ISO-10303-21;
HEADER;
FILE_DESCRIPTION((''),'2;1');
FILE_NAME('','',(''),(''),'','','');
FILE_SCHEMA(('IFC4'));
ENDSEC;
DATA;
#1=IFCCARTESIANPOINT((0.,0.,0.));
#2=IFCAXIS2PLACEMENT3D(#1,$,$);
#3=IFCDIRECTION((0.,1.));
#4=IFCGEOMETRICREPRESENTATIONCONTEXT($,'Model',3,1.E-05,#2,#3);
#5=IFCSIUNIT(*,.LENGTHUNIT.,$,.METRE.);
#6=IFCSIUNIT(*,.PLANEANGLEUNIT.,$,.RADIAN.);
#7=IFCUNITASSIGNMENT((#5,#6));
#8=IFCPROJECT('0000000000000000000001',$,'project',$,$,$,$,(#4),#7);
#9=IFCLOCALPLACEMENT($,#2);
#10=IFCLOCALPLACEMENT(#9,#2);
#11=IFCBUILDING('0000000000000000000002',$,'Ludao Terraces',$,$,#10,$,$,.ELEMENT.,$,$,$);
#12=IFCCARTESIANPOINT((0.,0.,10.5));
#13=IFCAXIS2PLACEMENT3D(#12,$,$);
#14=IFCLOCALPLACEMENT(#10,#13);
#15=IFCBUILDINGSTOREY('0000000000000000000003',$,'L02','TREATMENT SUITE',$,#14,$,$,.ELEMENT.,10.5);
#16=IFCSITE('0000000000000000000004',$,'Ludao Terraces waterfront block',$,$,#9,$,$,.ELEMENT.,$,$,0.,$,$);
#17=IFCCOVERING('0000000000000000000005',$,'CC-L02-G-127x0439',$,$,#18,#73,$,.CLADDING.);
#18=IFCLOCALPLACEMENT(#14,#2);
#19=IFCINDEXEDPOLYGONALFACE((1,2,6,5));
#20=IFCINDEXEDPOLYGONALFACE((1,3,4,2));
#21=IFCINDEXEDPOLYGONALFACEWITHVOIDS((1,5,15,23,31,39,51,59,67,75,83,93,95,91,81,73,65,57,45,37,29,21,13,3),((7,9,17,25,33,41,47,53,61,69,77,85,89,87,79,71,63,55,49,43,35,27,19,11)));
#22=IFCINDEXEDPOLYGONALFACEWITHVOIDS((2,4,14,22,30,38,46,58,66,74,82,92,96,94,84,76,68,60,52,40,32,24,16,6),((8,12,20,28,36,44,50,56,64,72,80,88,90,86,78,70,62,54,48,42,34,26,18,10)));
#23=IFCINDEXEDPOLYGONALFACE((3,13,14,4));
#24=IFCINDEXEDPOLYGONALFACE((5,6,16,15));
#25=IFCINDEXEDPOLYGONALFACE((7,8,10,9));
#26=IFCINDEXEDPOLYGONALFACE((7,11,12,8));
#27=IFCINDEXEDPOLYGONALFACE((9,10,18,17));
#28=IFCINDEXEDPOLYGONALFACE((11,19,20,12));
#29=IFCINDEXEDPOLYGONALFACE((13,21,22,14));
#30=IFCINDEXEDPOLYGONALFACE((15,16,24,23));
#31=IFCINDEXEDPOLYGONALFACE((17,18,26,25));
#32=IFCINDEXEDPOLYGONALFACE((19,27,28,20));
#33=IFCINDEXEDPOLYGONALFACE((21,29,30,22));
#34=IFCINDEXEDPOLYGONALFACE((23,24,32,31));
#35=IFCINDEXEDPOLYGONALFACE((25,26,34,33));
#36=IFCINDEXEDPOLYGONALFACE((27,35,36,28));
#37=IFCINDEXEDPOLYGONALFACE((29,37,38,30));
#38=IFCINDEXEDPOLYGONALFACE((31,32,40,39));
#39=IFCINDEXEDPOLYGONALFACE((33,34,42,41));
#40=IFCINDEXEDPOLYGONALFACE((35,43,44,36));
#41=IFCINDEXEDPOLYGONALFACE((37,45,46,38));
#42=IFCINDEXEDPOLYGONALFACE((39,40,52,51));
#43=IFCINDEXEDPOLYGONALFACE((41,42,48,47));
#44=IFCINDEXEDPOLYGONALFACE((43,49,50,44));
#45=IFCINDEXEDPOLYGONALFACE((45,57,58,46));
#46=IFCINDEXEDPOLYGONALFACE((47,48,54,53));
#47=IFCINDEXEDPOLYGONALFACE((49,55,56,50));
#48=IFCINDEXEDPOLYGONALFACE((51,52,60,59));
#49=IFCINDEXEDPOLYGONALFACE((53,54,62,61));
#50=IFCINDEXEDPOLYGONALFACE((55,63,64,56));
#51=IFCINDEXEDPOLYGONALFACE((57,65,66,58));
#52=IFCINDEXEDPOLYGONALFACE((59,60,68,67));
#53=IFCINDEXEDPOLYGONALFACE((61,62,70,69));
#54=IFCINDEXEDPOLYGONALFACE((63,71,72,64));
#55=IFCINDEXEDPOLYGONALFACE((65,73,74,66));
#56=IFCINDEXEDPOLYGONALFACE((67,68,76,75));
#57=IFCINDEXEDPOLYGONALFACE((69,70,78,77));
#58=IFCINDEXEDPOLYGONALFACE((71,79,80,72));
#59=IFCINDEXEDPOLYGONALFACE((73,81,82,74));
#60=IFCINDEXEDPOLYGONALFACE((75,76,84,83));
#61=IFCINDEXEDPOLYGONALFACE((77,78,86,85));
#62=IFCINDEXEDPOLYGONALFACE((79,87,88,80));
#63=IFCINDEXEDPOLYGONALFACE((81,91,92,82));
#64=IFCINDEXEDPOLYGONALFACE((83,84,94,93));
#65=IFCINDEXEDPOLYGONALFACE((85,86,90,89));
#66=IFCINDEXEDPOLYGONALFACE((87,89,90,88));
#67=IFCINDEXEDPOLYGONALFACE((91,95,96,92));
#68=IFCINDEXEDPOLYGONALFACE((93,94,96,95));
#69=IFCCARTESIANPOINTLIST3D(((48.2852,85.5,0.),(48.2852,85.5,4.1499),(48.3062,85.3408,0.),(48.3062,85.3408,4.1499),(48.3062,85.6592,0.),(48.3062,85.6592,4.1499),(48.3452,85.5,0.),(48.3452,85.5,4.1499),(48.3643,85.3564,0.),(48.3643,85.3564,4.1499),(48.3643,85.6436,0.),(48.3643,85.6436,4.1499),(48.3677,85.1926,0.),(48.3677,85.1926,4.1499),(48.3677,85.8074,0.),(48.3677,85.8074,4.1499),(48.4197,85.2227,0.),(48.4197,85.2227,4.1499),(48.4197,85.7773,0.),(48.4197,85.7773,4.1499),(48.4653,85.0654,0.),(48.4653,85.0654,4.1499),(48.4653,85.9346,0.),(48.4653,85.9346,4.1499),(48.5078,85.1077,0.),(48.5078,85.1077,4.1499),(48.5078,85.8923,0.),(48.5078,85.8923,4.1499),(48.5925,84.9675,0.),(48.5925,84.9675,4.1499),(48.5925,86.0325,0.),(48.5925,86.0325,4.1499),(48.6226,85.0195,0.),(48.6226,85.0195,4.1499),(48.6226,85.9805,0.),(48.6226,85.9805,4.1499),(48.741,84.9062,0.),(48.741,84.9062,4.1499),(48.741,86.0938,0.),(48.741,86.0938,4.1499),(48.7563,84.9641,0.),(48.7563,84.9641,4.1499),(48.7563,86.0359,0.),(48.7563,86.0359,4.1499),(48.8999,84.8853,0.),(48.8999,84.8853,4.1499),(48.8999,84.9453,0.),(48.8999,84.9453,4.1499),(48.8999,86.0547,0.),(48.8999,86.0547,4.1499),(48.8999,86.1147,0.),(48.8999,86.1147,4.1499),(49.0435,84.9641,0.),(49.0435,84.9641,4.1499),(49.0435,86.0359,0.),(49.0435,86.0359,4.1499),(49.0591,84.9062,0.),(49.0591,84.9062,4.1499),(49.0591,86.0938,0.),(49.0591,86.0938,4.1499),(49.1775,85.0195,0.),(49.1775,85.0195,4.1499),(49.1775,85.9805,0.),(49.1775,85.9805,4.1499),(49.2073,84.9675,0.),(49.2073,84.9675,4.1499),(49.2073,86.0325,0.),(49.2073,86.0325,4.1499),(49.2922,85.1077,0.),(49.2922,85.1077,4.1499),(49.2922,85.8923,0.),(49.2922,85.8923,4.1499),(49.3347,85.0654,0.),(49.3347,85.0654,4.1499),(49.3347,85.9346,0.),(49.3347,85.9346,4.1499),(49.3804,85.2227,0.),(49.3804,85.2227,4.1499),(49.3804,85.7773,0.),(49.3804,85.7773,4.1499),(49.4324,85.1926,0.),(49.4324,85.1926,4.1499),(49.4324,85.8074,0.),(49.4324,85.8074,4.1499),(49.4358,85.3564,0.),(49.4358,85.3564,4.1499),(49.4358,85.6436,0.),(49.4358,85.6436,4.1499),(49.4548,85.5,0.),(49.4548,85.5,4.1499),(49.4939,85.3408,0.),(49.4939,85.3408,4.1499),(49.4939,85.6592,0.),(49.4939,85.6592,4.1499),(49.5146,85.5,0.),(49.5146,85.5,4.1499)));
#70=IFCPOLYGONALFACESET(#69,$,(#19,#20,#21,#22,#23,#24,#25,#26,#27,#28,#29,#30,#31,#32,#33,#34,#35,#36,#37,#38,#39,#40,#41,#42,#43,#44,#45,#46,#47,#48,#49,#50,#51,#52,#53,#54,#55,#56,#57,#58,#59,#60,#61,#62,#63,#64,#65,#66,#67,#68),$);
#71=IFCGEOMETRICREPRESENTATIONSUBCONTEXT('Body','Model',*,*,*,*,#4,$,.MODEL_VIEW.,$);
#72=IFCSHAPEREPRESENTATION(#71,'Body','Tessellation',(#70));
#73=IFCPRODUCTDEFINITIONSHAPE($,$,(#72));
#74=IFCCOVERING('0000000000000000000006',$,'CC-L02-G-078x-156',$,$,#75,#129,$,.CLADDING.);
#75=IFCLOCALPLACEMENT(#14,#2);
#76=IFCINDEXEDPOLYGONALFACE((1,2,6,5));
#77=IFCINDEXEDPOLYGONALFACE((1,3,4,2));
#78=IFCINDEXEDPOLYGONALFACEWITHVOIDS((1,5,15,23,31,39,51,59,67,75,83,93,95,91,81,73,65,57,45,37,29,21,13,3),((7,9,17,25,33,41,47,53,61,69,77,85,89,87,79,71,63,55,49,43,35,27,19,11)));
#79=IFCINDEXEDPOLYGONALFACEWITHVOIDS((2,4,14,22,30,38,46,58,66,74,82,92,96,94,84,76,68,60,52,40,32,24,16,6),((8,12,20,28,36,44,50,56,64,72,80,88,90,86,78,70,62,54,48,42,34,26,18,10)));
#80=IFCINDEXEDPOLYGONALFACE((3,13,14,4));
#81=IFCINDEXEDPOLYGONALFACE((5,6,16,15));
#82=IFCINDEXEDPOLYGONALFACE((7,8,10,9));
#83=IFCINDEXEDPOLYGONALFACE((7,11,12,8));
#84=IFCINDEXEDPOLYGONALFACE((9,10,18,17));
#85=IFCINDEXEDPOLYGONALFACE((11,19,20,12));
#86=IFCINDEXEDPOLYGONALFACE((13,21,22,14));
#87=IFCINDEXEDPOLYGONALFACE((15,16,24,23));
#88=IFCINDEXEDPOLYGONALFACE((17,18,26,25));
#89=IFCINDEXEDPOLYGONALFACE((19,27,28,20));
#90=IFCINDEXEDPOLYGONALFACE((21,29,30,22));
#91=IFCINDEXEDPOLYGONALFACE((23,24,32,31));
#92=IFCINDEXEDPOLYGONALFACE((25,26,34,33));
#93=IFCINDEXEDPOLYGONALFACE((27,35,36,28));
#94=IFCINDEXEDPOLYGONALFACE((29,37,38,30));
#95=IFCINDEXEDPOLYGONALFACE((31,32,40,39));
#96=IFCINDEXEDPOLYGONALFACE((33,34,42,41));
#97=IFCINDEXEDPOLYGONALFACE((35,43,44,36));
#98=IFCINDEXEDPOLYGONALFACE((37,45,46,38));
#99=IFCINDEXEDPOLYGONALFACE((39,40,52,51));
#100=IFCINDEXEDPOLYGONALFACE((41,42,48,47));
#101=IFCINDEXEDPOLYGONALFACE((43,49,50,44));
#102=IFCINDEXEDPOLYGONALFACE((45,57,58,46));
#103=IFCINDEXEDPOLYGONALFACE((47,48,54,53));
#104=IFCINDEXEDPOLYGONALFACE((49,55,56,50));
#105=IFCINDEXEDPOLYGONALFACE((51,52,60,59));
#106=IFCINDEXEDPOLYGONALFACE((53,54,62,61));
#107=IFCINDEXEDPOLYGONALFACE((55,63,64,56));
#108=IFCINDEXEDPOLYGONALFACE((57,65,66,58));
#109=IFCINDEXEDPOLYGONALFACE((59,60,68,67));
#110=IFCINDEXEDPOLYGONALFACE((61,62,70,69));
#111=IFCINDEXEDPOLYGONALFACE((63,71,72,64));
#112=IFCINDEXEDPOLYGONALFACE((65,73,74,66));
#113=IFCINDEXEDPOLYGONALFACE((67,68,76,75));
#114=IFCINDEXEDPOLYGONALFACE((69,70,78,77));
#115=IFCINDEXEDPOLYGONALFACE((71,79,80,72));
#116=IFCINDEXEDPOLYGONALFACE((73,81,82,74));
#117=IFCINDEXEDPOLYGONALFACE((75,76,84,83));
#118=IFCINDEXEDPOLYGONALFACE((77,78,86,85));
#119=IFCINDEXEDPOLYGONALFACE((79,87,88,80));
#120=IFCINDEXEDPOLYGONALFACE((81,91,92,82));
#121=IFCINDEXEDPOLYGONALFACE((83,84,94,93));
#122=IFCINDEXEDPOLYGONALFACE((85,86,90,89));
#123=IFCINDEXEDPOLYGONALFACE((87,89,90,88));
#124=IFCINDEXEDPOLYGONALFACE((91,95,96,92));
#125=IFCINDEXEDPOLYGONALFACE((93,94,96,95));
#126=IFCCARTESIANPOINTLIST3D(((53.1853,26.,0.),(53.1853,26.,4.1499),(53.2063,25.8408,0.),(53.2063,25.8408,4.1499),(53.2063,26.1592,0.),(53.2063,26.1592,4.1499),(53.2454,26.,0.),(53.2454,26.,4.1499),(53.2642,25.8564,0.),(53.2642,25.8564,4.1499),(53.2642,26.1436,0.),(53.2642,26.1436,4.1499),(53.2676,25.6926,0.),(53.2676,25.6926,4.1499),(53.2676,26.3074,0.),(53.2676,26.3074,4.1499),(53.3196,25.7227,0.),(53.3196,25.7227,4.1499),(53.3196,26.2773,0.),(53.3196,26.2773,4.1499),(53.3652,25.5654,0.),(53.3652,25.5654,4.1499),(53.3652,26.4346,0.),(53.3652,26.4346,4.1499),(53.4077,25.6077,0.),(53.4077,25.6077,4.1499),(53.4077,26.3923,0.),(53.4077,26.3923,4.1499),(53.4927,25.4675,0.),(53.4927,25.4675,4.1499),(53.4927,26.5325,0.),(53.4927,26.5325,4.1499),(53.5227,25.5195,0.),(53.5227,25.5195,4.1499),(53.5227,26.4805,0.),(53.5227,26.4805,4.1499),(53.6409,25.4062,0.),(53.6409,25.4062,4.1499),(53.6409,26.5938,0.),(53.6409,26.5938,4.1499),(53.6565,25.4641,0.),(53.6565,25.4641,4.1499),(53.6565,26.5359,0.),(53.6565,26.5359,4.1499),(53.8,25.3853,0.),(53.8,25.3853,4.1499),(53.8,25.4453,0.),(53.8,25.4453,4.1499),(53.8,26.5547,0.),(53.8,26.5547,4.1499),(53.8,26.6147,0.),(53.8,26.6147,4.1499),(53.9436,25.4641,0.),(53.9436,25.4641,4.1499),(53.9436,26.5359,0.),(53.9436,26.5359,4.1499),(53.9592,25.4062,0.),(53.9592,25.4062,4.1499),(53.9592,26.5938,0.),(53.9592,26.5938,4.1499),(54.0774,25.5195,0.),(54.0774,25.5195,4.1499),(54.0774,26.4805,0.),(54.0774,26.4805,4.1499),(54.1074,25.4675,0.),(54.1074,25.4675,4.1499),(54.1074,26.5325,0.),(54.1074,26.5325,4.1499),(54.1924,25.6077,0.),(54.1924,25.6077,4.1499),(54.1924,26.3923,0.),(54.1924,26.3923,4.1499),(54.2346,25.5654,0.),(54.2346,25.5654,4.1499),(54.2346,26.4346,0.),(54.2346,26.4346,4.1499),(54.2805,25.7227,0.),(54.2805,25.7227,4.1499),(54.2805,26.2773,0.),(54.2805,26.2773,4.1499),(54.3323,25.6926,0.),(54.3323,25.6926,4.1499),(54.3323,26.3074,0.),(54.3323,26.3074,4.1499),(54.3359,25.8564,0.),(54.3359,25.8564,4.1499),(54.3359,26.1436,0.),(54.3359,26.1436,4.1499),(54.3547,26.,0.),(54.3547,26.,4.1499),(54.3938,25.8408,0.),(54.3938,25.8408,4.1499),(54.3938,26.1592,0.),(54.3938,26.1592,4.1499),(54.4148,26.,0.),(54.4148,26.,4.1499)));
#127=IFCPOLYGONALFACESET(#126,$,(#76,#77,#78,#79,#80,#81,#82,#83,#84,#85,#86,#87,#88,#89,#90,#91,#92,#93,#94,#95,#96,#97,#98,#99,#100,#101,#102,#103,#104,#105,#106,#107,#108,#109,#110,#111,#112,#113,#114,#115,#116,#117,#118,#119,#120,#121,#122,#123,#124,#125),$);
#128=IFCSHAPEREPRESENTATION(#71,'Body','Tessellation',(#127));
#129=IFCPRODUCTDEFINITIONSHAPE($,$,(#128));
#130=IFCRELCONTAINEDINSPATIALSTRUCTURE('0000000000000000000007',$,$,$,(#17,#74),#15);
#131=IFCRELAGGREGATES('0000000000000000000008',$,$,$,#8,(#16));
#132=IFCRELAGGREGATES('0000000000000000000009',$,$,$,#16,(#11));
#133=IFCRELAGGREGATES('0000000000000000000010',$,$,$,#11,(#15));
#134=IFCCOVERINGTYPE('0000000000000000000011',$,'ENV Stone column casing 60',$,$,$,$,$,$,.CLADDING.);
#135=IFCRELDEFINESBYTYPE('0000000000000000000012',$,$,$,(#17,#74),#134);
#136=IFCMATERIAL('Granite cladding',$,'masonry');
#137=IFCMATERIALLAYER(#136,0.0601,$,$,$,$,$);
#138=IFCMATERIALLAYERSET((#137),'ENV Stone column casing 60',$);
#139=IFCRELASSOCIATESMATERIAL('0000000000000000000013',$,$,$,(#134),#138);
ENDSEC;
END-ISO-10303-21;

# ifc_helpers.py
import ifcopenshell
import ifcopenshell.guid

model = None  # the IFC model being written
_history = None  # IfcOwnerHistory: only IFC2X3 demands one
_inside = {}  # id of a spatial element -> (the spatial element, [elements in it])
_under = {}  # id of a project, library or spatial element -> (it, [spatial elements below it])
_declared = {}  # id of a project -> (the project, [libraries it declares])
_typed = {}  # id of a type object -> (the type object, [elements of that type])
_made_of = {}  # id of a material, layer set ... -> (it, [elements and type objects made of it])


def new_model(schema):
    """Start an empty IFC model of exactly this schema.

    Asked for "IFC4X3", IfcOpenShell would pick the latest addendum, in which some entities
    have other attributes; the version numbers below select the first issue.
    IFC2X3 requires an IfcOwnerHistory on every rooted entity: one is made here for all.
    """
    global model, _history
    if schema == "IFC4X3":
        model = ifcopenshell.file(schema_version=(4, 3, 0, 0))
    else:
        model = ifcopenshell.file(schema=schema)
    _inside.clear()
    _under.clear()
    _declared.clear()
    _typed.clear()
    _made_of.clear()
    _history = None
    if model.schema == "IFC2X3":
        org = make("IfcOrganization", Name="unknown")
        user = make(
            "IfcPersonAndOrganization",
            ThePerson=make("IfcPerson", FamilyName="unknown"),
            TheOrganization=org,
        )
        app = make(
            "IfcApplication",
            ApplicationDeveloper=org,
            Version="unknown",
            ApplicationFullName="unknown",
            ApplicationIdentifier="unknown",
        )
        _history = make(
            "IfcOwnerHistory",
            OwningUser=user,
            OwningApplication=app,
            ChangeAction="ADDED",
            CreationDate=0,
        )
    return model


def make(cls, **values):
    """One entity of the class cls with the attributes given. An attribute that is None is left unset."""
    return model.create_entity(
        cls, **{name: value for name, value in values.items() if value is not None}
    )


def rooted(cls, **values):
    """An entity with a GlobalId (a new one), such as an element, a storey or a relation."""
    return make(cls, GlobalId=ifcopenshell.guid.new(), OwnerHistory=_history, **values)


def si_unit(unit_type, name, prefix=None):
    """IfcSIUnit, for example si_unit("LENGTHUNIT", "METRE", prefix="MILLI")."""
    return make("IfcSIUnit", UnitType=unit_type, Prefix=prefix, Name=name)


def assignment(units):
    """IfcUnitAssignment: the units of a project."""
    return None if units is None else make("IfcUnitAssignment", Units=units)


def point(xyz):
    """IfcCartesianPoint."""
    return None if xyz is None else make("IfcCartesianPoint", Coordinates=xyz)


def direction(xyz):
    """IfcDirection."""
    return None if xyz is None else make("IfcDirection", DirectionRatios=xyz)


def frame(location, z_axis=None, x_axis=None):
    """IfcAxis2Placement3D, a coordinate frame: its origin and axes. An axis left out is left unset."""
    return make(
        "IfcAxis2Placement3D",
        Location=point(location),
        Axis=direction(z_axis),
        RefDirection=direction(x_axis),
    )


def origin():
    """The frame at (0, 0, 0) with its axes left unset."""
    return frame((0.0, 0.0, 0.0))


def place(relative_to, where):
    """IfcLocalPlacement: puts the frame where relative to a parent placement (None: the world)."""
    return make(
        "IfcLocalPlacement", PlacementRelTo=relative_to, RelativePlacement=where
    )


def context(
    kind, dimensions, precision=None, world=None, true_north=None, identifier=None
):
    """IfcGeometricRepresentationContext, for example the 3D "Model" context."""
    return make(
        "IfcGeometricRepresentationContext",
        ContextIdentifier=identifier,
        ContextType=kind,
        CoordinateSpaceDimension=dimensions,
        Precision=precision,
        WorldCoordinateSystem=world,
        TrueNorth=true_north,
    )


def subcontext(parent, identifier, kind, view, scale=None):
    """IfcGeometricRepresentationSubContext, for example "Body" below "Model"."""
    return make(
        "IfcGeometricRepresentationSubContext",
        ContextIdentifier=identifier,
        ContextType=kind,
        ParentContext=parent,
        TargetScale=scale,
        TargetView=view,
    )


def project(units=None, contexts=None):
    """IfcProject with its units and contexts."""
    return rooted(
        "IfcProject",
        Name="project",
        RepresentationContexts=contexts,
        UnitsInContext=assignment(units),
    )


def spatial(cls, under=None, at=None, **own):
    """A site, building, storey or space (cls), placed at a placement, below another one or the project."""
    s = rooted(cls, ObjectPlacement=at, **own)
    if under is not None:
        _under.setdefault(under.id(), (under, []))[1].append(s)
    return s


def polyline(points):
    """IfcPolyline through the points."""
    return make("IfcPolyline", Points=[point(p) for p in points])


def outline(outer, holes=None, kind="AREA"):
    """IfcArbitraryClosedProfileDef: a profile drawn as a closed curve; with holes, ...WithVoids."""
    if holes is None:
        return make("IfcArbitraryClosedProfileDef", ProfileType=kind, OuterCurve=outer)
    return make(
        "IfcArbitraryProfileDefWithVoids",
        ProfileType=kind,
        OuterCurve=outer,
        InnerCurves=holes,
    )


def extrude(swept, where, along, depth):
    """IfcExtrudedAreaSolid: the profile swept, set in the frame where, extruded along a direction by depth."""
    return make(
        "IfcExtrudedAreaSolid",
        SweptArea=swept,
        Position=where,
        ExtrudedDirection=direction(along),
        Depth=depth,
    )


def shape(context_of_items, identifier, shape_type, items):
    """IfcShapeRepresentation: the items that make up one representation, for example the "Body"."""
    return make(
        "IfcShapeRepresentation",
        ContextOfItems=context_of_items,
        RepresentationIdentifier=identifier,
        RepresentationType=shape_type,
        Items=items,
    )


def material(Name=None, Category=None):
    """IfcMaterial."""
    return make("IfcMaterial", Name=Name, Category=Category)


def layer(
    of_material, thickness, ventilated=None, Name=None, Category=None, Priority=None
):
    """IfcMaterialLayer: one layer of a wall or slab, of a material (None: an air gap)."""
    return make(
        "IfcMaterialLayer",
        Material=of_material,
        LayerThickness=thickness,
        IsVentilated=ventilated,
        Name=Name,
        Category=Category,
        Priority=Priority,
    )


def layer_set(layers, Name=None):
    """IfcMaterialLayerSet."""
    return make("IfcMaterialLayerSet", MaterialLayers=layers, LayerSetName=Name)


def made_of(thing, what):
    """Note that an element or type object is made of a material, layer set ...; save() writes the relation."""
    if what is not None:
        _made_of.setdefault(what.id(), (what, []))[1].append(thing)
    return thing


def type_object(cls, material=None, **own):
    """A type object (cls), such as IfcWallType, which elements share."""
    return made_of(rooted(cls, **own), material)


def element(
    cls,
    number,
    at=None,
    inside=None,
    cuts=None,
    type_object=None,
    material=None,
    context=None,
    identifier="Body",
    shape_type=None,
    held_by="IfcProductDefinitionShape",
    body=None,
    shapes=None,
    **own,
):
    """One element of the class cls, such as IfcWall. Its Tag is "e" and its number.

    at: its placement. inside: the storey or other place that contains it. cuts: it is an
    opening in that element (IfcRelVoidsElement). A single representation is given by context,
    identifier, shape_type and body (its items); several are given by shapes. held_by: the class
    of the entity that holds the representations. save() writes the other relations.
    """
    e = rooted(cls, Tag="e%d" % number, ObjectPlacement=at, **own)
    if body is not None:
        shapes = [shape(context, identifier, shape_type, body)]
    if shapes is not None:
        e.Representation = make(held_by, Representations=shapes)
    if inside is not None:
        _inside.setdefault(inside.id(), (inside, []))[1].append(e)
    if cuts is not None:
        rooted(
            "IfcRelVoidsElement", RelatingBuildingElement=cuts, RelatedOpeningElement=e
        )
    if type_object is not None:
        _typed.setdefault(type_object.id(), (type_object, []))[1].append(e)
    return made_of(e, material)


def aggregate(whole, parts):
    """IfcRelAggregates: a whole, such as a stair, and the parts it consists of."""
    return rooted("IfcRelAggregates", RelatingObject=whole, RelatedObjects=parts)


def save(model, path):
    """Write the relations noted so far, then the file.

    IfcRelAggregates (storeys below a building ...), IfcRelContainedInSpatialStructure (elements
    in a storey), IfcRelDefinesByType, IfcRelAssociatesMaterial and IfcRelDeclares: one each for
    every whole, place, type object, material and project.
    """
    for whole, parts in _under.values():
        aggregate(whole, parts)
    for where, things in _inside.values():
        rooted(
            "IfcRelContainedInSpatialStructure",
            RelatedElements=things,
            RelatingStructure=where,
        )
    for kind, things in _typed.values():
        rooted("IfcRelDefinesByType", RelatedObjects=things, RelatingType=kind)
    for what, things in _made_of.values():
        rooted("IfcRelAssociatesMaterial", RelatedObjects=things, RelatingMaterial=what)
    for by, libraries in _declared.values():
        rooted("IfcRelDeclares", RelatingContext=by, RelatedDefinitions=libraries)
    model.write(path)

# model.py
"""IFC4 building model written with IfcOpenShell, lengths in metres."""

from ifc_helpers import new_model, si_unit, direction, frame, origin, place, context, subcontext, project, spatial, polyline, outline, extrude, material, layer, layer_set, type_object, element, save


model = new_model("IFC4")

# Units and contexts
model_context = context("Model", 3, precision=1e-05, world=origin(), true_north=direction((0.0, 1.0)))
body_context = subcontext(model_context, "Body", "Model", "MODEL_VIEW")
ifc_project = project(units=[si_unit("LENGTHUNIT", "METRE"), si_unit("PLANEANGLEUNIT", "RADIAN")], contexts=[model_context])

# Site, building, storey
site_placement = place(None, origin())
site = spatial("IfcSite", under=ifc_project, at=site_placement, Name="Ludao Terraces waterfront block", CompositionType="ELEMENT", RefElevation=0.0)
building_placement = place(site_placement, origin())
building = spatial("IfcBuilding", under=site, at=building_placement, Name="Ludao Terraces", CompositionType="ELEMENT")
storey_placement = place(building_placement, frame((0.0, 0.0, 10.5)))
storey = spatial("IfcBuildingStorey", under=building, at=storey_placement, Name="L02", Description="TREATMENT SUITE", CompositionType="ELEMENT", Elevation=10.5)

# Coverings
ifc_material_1 = material(Name="Granite cladding", Category="masonry")
ifc_layer_1 = layer(ifc_material_1, 0.0601)
ifc_layer_set_1 = layer_set([ifc_layer_1], Name="ENV Stone column casing 60")
covering_type = type_object("IfcCoveringType", Name="ENV Stone column casing 60", PredefinedType="CLADDING", material=ifc_layer_set_1)
covering_1_placement = place(storey_placement, origin())
element("IfcCovering", 1, at=covering_1_placement, inside=storey, type_object=covering_type, Name="CC-L02-G-127x0439", PredefinedType="CLADDING", context=body_context, shape_type="SweptSolid", body=[
    extrude(outline(polyline([(49.5146, 85.5), (49.4939, 85.6592), (49.4324, 85.8074), (49.3347, 85.9346), (49.2073, 86.0325), (49.0591, 86.0938), (48.8999, 86.1147), (48.741, 86.0938), (48.5925, 86.0325), (48.4653, 85.9346), (48.3677, 85.8074), (48.3062, 85.6592), (48.2852, 85.5), (48.3062, 85.3408), (48.3677, 85.1926), (48.4653, 85.0654), (48.5925, 84.9675), (48.741, 84.9062), (48.8999, 84.8853), (49.0591, 84.9062), (49.2073, 84.9675), (49.3347, 85.0654), (49.4324, 85.1926), (49.4939, 85.3408), (49.5146, 85.5)]), holes=[polyline([(49.4358, 85.3564), (49.3804, 85.2227), (49.2922, 85.1077), (49.1775, 85.0195), (49.0435, 84.9641), (48.8999, 84.9453), (48.7563, 84.9641), (48.6226, 85.0195), (48.5078, 85.1077), (48.4197, 85.2227), (48.3643, 85.3564), (48.3452, 85.5), (48.3643, 85.6436), (48.4197, 85.7773), (48.5078, 85.8923), (48.6226, 85.9805), (48.7563, 86.0359), (48.8999, 86.0547), (49.0435, 86.0359), (49.1775, 85.9805), (49.2922, 85.8923), (49.3804, 85.7773), (49.4358, 85.6436), (49.4548, 85.5), (49.4358, 85.3564)])]), origin(), (0.0, 0.0, 1.0), 4.1499),
])
covering_2_placement = place(storey_placement, origin())
element("IfcCovering", 2, at=covering_2_placement, inside=storey, type_object=covering_type, Name="CC-L02-G-078x-156", PredefinedType="CLADDING", context=body_context, shape_type="SweptSolid", body=[
    extrude(outline(polyline([(54.4148, 26.0), (54.3938, 26.1592), (54.3323, 26.3074), (54.2346, 26.4346), (54.1074, 26.5325), (53.9592, 26.5938), (53.8, 26.6147), (53.6409, 26.5938), (53.4927, 26.5325), (53.3652, 26.4346), (53.2676, 26.3074), (53.2063, 26.1592), (53.1853, 26.0), (53.2063, 25.8408), (53.2676, 25.6926), (53.3652, 25.5654), (53.4927, 25.4675), (53.6409, 25.4062), (53.8, 25.3853), (53.9592, 25.4062), (54.1074, 25.4675), (54.2346, 25.5654), (54.3323, 25.6926), (54.3938, 25.8408), (54.4148, 26.0)]), holes=[polyline([(54.3359, 25.8564), (54.2805, 25.7227), (54.1924, 25.6077), (54.0774, 25.5195), (53.9436, 25.4641), (53.8, 25.4453), (53.6565, 25.4641), (53.5227, 25.5195), (53.4077, 25.6077), (53.3196, 25.7227), (53.2642, 25.8564), (53.2454, 26.0), (53.2642, 26.1436), (53.3196, 26.2773), (53.4077, 26.3923), (53.5227, 26.4805), (53.6565, 26.5359), (53.8, 26.5547), (53.9436, 26.5359), (54.0774, 26.4805), (54.1924, 26.3923), (54.2805, 26.2773), (54.3359, 26.1436), (54.3547, 26.0), (54.3359, 25.8564)])]), origin(), (0.0, 0.0, 1.0), 4.1499),
])

save(model, "model.ifc")
